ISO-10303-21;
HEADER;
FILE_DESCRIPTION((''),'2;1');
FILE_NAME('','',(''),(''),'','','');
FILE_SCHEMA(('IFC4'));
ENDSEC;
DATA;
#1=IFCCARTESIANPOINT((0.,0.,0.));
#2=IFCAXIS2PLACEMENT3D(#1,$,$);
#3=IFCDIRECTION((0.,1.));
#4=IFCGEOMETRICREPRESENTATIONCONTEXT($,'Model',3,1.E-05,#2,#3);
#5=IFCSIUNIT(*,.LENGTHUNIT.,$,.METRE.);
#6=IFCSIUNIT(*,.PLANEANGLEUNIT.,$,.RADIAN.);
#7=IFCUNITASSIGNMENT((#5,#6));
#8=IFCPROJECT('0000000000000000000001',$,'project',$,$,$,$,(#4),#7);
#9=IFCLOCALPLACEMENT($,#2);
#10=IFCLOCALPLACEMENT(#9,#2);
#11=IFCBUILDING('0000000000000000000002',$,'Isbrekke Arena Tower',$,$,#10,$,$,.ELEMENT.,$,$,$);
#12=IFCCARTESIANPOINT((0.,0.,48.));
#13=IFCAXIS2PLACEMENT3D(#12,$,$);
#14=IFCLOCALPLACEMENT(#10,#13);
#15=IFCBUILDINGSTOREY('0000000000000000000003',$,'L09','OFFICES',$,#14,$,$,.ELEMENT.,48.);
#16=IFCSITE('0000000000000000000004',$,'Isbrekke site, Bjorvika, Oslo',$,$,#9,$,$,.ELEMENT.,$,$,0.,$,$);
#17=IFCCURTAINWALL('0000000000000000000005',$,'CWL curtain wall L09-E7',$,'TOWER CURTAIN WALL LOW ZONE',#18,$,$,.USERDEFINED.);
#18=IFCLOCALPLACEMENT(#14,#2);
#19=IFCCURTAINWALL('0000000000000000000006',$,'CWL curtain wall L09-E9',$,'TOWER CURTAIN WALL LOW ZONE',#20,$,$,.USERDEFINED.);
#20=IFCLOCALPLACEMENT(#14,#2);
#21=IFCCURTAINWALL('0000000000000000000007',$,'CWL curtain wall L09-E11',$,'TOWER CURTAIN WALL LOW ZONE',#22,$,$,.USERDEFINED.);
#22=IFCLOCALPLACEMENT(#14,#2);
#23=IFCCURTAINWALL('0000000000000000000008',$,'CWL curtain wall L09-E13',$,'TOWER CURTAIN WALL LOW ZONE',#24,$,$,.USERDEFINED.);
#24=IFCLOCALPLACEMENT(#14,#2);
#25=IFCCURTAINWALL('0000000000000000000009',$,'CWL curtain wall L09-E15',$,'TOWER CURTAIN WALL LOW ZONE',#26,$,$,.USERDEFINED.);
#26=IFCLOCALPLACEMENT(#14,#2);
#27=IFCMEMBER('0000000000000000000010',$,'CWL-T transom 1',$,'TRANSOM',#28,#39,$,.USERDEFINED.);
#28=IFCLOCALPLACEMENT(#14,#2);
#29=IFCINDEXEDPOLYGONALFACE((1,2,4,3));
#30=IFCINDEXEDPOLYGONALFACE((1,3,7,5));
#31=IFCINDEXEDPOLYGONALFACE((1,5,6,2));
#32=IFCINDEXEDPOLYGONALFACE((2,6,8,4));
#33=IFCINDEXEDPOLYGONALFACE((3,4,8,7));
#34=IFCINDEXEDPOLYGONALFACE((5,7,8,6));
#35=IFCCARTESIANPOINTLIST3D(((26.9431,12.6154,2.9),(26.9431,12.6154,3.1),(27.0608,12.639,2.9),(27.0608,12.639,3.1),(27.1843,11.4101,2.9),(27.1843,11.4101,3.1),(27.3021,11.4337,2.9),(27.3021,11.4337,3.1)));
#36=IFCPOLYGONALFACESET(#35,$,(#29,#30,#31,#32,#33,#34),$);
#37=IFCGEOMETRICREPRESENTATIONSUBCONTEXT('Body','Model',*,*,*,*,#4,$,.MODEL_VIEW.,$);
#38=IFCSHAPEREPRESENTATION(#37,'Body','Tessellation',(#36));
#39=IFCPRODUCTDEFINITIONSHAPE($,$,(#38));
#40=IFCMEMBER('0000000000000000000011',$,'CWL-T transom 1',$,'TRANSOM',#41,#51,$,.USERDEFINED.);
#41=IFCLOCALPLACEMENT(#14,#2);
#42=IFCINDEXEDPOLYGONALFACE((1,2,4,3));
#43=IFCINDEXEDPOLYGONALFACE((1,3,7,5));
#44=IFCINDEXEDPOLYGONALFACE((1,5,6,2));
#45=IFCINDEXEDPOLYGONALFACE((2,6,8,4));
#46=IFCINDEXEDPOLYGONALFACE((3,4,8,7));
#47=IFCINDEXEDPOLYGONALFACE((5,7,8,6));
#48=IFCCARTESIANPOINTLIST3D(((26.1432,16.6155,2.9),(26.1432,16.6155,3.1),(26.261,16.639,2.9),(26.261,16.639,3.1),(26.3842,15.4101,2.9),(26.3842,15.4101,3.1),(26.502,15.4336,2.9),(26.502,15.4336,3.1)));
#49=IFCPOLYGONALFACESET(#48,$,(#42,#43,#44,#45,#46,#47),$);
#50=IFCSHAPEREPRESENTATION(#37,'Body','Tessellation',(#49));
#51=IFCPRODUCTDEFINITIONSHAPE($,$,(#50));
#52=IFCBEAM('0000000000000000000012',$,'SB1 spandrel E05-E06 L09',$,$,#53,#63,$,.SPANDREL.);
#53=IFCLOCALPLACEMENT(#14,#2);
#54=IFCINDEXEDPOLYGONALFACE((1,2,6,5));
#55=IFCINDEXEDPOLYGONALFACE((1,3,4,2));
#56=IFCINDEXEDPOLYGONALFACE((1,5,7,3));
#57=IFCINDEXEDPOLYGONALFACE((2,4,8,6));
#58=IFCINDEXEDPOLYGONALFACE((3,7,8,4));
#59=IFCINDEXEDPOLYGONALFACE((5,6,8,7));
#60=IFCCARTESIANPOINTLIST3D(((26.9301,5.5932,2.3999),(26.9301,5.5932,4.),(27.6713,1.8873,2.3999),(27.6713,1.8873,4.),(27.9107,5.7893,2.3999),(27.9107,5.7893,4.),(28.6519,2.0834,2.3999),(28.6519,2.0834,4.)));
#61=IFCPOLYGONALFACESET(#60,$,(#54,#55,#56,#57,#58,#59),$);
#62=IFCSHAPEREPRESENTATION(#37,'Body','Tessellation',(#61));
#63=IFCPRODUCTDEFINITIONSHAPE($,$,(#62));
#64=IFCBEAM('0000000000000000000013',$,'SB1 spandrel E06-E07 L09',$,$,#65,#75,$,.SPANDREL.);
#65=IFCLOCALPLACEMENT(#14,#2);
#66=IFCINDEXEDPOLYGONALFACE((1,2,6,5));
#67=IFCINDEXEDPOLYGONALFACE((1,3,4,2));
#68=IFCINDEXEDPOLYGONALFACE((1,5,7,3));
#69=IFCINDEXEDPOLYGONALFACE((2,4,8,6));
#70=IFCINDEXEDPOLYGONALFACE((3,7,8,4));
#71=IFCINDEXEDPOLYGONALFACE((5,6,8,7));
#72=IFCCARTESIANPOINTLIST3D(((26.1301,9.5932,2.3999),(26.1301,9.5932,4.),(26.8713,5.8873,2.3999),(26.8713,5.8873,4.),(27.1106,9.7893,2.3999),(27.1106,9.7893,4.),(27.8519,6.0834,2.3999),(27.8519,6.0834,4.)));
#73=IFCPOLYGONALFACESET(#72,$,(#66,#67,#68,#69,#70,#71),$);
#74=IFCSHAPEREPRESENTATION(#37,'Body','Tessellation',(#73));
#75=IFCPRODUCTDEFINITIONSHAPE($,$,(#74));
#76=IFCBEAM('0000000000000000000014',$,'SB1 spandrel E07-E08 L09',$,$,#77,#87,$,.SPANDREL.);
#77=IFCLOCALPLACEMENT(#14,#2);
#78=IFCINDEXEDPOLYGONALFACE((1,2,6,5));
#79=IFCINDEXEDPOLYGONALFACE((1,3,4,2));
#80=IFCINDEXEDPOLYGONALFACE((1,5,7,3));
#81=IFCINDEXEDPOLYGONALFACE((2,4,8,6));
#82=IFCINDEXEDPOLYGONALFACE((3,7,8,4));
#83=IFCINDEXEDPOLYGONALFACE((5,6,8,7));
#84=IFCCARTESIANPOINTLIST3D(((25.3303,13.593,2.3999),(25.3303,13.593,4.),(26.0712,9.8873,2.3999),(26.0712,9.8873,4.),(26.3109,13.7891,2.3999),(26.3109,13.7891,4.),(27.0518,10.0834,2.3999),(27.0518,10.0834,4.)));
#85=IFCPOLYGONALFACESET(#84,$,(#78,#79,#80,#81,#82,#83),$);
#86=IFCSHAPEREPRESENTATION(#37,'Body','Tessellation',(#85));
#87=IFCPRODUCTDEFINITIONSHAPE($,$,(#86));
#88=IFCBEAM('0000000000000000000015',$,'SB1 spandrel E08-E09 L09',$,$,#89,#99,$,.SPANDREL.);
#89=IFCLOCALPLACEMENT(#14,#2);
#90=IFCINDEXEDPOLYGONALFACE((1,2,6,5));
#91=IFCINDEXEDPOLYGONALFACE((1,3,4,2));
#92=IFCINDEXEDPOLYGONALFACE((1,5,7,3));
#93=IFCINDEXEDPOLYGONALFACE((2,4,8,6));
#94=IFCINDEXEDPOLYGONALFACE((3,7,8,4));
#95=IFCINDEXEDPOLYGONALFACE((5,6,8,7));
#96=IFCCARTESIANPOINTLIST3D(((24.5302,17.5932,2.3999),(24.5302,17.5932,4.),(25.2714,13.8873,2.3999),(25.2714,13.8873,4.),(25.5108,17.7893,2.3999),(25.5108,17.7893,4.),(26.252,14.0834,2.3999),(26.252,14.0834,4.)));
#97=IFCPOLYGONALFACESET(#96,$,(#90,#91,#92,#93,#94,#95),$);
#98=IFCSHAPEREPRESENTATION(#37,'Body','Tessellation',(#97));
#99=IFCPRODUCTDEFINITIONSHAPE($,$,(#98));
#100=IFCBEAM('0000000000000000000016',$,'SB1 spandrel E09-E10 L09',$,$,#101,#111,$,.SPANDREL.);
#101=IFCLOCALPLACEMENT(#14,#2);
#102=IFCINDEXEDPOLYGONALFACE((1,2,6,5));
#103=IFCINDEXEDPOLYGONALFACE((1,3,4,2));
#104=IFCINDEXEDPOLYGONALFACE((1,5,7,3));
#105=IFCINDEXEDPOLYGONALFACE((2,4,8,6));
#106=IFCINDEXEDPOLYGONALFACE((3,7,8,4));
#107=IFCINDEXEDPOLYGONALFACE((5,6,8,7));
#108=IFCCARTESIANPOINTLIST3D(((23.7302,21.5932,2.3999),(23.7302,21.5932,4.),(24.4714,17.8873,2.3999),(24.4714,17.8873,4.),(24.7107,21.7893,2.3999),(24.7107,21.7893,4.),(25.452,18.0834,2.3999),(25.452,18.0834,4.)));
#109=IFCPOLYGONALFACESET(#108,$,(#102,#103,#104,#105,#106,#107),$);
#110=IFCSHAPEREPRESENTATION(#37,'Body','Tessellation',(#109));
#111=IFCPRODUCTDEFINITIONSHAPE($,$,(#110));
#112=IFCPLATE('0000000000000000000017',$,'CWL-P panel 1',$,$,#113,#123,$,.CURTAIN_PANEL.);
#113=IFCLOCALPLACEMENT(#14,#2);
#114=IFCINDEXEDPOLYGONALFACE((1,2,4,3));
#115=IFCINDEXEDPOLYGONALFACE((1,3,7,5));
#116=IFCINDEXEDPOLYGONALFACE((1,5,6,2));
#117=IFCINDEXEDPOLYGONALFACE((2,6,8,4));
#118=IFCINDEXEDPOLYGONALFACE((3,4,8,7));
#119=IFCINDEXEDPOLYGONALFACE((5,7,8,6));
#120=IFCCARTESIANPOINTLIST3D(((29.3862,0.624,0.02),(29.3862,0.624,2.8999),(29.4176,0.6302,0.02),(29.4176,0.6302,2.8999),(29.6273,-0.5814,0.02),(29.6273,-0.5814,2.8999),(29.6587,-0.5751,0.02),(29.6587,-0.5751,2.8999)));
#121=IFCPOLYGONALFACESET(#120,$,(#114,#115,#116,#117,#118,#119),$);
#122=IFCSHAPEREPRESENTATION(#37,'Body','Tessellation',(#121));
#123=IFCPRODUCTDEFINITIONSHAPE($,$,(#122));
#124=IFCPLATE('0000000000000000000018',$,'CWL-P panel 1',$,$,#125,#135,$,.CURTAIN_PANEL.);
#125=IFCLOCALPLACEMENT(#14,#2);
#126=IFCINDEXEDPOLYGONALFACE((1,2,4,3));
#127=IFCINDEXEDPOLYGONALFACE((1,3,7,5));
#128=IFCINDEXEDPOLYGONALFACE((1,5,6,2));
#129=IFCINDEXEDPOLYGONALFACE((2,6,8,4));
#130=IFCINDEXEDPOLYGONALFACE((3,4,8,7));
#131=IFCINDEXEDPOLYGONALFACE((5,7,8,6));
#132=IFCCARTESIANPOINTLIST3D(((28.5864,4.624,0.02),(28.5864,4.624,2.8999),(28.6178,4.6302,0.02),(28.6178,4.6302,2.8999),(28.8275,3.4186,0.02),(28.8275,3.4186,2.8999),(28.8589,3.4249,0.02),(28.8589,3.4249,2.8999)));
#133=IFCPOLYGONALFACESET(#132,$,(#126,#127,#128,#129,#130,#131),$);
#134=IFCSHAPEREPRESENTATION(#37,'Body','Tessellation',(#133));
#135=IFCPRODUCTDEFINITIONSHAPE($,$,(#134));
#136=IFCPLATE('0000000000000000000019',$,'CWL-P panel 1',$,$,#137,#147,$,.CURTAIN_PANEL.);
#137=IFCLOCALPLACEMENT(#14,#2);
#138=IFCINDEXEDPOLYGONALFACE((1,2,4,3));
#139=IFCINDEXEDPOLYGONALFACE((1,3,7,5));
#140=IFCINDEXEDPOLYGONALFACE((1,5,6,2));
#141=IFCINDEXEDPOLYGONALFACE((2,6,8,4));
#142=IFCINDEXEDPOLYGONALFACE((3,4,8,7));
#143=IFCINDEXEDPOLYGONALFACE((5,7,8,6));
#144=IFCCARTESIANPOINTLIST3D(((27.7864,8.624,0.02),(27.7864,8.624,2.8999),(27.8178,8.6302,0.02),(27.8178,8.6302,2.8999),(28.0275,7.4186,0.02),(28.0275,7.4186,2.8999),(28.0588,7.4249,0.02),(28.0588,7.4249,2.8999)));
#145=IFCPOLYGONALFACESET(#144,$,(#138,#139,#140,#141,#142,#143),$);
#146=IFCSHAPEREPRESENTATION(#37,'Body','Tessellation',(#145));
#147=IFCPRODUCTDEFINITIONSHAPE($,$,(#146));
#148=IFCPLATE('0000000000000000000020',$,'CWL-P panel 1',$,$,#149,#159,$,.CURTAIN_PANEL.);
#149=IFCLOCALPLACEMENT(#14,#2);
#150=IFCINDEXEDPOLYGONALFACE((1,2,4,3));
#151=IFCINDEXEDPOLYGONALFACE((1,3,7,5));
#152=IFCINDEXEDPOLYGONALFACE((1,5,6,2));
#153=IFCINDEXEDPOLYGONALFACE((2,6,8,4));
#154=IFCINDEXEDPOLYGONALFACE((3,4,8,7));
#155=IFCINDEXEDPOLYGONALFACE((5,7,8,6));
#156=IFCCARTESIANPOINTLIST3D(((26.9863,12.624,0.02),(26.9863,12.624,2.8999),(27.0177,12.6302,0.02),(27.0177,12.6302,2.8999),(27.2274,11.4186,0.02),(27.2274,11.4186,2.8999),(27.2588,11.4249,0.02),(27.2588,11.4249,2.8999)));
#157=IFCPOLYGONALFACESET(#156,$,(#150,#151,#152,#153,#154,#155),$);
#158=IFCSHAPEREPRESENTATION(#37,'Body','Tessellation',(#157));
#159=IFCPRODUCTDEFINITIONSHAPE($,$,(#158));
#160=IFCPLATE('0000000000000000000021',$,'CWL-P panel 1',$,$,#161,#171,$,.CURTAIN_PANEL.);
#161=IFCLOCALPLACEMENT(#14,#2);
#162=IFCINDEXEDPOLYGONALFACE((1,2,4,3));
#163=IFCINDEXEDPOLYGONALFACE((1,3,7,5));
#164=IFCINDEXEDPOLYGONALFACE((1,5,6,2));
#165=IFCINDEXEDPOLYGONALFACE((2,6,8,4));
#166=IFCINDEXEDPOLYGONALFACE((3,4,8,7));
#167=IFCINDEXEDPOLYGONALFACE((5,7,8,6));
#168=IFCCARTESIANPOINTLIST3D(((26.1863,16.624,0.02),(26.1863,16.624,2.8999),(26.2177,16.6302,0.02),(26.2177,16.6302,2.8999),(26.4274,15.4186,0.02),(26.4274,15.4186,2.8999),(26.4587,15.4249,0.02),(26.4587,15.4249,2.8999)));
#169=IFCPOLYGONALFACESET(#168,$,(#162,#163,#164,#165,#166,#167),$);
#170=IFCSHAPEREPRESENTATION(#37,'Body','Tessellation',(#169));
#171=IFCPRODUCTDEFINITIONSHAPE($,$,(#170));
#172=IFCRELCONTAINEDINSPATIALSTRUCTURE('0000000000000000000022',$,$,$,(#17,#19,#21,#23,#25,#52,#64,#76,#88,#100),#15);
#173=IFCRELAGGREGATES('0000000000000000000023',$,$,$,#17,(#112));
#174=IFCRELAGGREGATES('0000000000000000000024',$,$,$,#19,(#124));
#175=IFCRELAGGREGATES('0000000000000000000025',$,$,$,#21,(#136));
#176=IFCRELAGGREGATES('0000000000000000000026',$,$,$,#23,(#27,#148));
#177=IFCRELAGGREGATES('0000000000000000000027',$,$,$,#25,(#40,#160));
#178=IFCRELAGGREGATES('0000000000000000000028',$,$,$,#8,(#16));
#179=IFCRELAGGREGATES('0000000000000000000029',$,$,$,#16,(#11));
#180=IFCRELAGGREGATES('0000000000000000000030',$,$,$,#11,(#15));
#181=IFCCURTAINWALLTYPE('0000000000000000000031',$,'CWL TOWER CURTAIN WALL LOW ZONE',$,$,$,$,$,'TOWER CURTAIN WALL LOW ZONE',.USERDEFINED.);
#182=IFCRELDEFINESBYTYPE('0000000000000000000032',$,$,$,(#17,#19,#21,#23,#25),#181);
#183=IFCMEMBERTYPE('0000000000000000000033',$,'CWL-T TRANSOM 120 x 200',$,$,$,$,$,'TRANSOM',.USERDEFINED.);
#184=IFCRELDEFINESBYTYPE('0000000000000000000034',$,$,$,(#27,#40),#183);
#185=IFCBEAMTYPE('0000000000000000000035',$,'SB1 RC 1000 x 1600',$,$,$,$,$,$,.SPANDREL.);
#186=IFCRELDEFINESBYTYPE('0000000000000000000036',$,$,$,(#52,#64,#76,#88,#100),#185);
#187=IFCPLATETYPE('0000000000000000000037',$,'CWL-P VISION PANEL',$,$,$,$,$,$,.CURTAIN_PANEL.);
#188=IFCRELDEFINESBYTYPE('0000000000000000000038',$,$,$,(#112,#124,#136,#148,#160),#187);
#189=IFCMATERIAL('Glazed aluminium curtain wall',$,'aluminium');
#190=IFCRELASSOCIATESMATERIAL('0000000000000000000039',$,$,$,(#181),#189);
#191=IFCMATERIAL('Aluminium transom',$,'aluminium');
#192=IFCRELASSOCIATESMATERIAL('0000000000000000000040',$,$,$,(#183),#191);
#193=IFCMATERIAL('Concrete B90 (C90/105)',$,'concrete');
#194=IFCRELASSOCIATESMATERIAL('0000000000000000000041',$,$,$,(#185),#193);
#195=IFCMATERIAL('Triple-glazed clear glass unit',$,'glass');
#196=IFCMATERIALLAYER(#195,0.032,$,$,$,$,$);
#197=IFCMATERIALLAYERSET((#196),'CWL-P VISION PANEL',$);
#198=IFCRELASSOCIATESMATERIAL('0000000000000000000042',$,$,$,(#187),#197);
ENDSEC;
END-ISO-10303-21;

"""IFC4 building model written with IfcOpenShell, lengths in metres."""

from ifc_helpers import new_model, si_unit, direction, frame, origin, origin_2d, place, context, subcontext, project, spatial, rectangle, extrude, material, layer, layer_set, material_profile, profile_set, type_object, element, aggregate, save


model = new_model("IFC4")

# Units and contexts
model_context = context("Model", 3, precision=1e-05, world=origin(), true_north=direction((0.0, 1.0)))
body_context = subcontext(model_context, "Body", "Model", "MODEL_VIEW")
ifc_project = project(units=[si_unit("LENGTHUNIT", "METRE"), si_unit("PLANEANGLEUNIT", "RADIAN")], contexts=[model_context])

# Site, building, storey
site_placement = place(None, origin())
site = spatial("IfcSite", under=ifc_project, at=site_placement, Name="Isbrekke site, Bjorvika, Oslo", CompositionType="ELEMENT", RefElevation=0.0)
building_placement = place(site_placement, origin())
building = spatial("IfcBuilding", under=site, at=building_placement, Name="Isbrekke Arena Tower", CompositionType="ELEMENT")
storey_placement = place(building_placement, frame((0.0, 0.0, 48.0)))
storey = spatial("IfcBuildingStorey", under=building, at=storey_placement, Name="L09", Description="OFFICES", CompositionType="ELEMENT", Elevation=48.0)

# Curtain wall
ifc_material_1 = material(Name="Glazed aluminium curtain wall", Category="aluminium")
curtain_wall_type = type_object("IfcCurtainWallType", Name="CWL TOWER CURTAIN WALL LOW ZONE", ElementType="TOWER CURTAIN WALL LOW ZONE", PredefinedType="USERDEFINED", material=ifc_material_1)
curtain_wall_1_placement = place(storey_placement, origin())
curtain_wall_1 = element("IfcCurtainWall", 1, at=curtain_wall_1_placement, inside=storey, type_object=curtain_wall_type, Name="CWL curtain wall L09-E7", ObjectType="TOWER CURTAIN WALL LOW ZONE", PredefinedType="USERDEFINED")

# Curtain walls
curtain_wall_2_placement = place(storey_placement, origin())
curtain_wall_2 = element("IfcCurtainWall", 2, at=curtain_wall_2_placement, inside=storey, type_object=curtain_wall_type, Name="CWL curtain wall L09-E9", ObjectType="TOWER CURTAIN WALL LOW ZONE", PredefinedType="USERDEFINED")
curtain_wall_3_placement = place(storey_placement, origin())
curtain_wall_3 = element("IfcCurtainWall", 3, at=curtain_wall_3_placement, inside=storey, type_object=curtain_wall_type, Name="CWL curtain wall L09-E11", ObjectType="TOWER CURTAIN WALL LOW ZONE", PredefinedType="USERDEFINED")
curtain_wall_4_placement = place(storey_placement, origin())
curtain_wall_4 = element("IfcCurtainWall", 4, at=curtain_wall_4_placement, inside=storey, type_object=curtain_wall_type, Name="CWL curtain wall L09-E13", ObjectType="TOWER CURTAIN WALL LOW ZONE", PredefinedType="USERDEFINED")
curtain_wall_5_placement = place(storey_placement, origin())
curtain_wall_5 = element("IfcCurtainWall", 5, at=curtain_wall_5_placement, inside=storey, type_object=curtain_wall_type, Name="CWL curtain wall L09-E15", ObjectType="TOWER CURTAIN WALL LOW ZONE", PredefinedType="USERDEFINED")

# Members
ifc_material_2 = material(Name="Aluminium transom", Category="aluminium")
ifc_material_profile_1 = material_profile(ifc_material_2, rectangle(XDim=0.1201, YDim=0.2, at=origin_2d()), Name="TRANSOM 120X200")
ifc_profile_set_1 = profile_set([ifc_material_profile_1], Name="Aluminium transom")
member_type_1 = type_object("IfcMemberType", Name="CWL-T TRANSOM 120 x 200", ElementType="TRANSOM", PredefinedType="USERDEFINED", material=ifc_profile_set_1)
member_1_placement = place(storey_placement, frame((27.2432, 11.4219, 3.0), z_axis=(-0.196231, 0.980558, 0.0), x_axis=(-0.980558, -0.196231, 0.0)))
member_1 = element("IfcMember", 6, at=member_1_placement, type_object=member_type_1, Name="CWL-T transom 1", ObjectType="TRANSOM", PredefinedType="USERDEFINED", context=body_context, shape_type="SweptSolid", body=[
    extrude(rectangle(XDim=0.1201, YDim=0.2, at=origin_2d()), origin(), (0.0, 0.0, 1.0), 1.2292),
])
member_2_placement = place(storey_placement, frame((26.4431, 15.4219, 3.0), z_axis=(-0.19604, 0.980596, 0.0), x_axis=(-0.980596, -0.19604, 0.0)))
member_2 = element("IfcMember", 7, at=member_2_placement, type_object=member_type_1, Name="CWL-T transom 1", ObjectType="TRANSOM", PredefinedType="USERDEFINED", context=body_context, shape_type="SweptSolid", body=[
    extrude(rectangle(XDim=0.1201, YDim=0.2, at=origin_2d()), origin(), (0.0, 0.0, 1.0), 1.2292),
])

# Beams
ifc_material_3 = material(Name="Concrete B90 (C90/105)", Category="concrete")
ifc_material_profile_2 = material_profile(ifc_material_3, rectangle(XDim=1.0, YDim=1.6001, at=origin_2d()), Name="RC 1000x1600")
ifc_profile_set_2 = profile_set([ifc_material_profile_2], Name="Concrete B90 (C90/105)")
beam_type_1 = type_object("IfcBeamType", Name="SB1 RC 1000 x 1600", PredefinedType="SPANDREL", material=ifc_profile_set_2)
for number, where, z_axis, x_axis, name in (
    (8, (28.1616, 1.9854, 3.2), (-0.196129, 0.980578, 0.0), (-0.980578, -0.196129, 0.0), "SB1 spandrel E05-E06 L09"),
    (9, (27.3616, 5.9854, 3.2), (-0.196129, 0.980578, 0.0), (-0.980578, -0.196129, 0.0), "SB1 spandrel E06-E07 L09"),
):
    element("IfcBeam", number, at=place(storey_placement, frame(where, z_axis=z_axis, x_axis=x_axis)), inside=storey, type_object=beam_type_1, Name=name, PredefinedType="SPANDREL", context=body_context, shape_type="SweptSolid", body=[
        extrude(rectangle(XDim=1.0, YDim=1.6001, at=origin_2d()), origin(), (0.0, 0.0, 1.0), 3.7793),
    ])
beam_1_placement = place(storey_placement, frame((26.5615, 9.9854, 3.2), z_axis=(-0.196066, 0.980591, 0.0), x_axis=(-0.980591, -0.196066, 0.0)))
element("IfcBeam", 10, at=beam_1_placement, inside=storey, type_object=beam_type_1, Name="SB1 spandrel E07-E08 L09", PredefinedType="SPANDREL", context=body_context, shape_type="SweptSolid", body=[
    extrude(rectangle(XDim=1.0, YDim=1.6001, at=origin_2d()), origin(), (0.0, 0.0, 1.0), 3.7791),
])
for number, where, z_axis, x_axis, name in (
    (11, (25.7617, 13.9854, 3.2), (-0.196129, 0.980578, 0.0), (-0.980578, -0.196129, 0.0), "SB1 spandrel E08-E09 L09"),
    (12, (24.9617, 17.9854, 3.2), (-0.196129, 0.980578, 0.0), (-0.980578, -0.196129, 0.0), "SB1 spandrel E09-E10 L09"),
):
    element("IfcBeam", number, at=place(storey_placement, frame(where, z_axis=z_axis, x_axis=x_axis)), inside=storey, type_object=beam_type_1, Name=name, PredefinedType="SPANDREL", context=body_context, shape_type="SweptSolid", body=[
        extrude(rectangle(XDim=1.0, YDim=1.6001, at=origin_2d()), origin(), (0.0, 0.0, 1.0), 3.7793),
    ])

# Plates
ifc_material_4 = material(Name="Triple-glazed clear glass unit", Category="glass")
ifc_layer = layer(ifc_material_4, 0.032)
ifc_layer_set = layer_set([ifc_layer], Name="CWL-P VISION PANEL")
plate_type = type_object("IfcPlateType", Name="CWL-P VISION PANEL", PredefinedType="CURTAIN_PANEL", material=ifc_layer_set)
plate_1_placement = place(storey_placement, frame((29.5225, 0.0244, 0.02), z_axis=(0.0, 0.0, 1.0), x_axis=(-0.196116, 0.980581, 0.0)))
plate_1 = element("IfcPlate", 13, at=plate_1_placement, type_object=plate_type, Name="CWL-P panel 1", PredefinedType="CURTAIN_PANEL", context=body_context, shape_type="SweptSolid", body=[
    extrude(rectangle(XDim=1.2292, YDim=0.032, at=origin_2d()), origin(), (0.0, 0.0, 1.0), 2.8799),
])
aggregate(curtain_wall_1, [plate_1])
plate_2_placement = place(storey_placement, frame((28.7227, 4.0244, 0.02), z_axis=(0.0, 0.0, 1.0), x_axis=(-0.196116, 0.980581, 0.0)))
plate_2 = element("IfcPlate", 14, at=plate_2_placement, type_object=plate_type, Name="CWL-P panel 1", PredefinedType="CURTAIN_PANEL", context=body_context, shape_type="SweptSolid", body=[
    extrude(rectangle(XDim=1.2292, YDim=0.032, at=origin_2d()), origin(), (0.0, 0.0, 1.0), 2.8799),
])
aggregate(curtain_wall_2, [plate_2])
plate_3_placement = place(storey_placement, frame((27.9226, 8.0244, 0.02), z_axis=(0.0, 0.0, 1.0), x_axis=(-0.196116, 0.980581, 0.0)))
plate_3 = element("IfcPlate", 15, at=plate_3_placement, type_object=plate_type, Name="CWL-P panel 1", PredefinedType="CURTAIN_PANEL", context=body_context, shape_type="SweptSolid", body=[
    extrude(rectangle(XDim=1.2292, YDim=0.032, at=origin_2d()), origin(), (0.0, 0.0, 1.0), 2.8799),
])
aggregate(curtain_wall_3, [plate_3])
plate_4_placement = place(storey_placement, frame((27.1226, 12.0244, 0.02), z_axis=(0.0, 0.0, 1.0), x_axis=(-0.196116, 0.980581, 0.0)))
plate_4 = element("IfcPlate", 16, at=plate_4_placement, type_object=plate_type, Name="CWL-P panel 1", PredefinedType="CURTAIN_PANEL", context=body_context, shape_type="SweptSolid", body=[
    extrude(rectangle(XDim=1.2292, YDim=0.032, at=origin_2d()), origin(), (0.0, 0.0, 1.0), 2.8799),
])
aggregate(curtain_wall_4, [member_1, plate_4])
plate_5_placement = place(storey_placement, frame((26.3225, 16.0244, 0.02), z_axis=(0.0, 0.0, 1.0), x_axis=(-0.196116, 0.980581, 0.0)))
plate_5 = element("IfcPlate", 17, at=plate_5_placement, type_object=plate_type, Name="CWL-P panel 1", PredefinedType="CURTAIN_PANEL", context=body_context, shape_type="SweptSolid", body=[
    extrude(rectangle(XDim=1.2292, YDim=0.032, at=origin_2d()), origin(), (0.0, 0.0, 1.0), 2.8799),
])
aggregate(curtain_wall_5, [member_2, plate_5])

save(model, "model.ifc")
